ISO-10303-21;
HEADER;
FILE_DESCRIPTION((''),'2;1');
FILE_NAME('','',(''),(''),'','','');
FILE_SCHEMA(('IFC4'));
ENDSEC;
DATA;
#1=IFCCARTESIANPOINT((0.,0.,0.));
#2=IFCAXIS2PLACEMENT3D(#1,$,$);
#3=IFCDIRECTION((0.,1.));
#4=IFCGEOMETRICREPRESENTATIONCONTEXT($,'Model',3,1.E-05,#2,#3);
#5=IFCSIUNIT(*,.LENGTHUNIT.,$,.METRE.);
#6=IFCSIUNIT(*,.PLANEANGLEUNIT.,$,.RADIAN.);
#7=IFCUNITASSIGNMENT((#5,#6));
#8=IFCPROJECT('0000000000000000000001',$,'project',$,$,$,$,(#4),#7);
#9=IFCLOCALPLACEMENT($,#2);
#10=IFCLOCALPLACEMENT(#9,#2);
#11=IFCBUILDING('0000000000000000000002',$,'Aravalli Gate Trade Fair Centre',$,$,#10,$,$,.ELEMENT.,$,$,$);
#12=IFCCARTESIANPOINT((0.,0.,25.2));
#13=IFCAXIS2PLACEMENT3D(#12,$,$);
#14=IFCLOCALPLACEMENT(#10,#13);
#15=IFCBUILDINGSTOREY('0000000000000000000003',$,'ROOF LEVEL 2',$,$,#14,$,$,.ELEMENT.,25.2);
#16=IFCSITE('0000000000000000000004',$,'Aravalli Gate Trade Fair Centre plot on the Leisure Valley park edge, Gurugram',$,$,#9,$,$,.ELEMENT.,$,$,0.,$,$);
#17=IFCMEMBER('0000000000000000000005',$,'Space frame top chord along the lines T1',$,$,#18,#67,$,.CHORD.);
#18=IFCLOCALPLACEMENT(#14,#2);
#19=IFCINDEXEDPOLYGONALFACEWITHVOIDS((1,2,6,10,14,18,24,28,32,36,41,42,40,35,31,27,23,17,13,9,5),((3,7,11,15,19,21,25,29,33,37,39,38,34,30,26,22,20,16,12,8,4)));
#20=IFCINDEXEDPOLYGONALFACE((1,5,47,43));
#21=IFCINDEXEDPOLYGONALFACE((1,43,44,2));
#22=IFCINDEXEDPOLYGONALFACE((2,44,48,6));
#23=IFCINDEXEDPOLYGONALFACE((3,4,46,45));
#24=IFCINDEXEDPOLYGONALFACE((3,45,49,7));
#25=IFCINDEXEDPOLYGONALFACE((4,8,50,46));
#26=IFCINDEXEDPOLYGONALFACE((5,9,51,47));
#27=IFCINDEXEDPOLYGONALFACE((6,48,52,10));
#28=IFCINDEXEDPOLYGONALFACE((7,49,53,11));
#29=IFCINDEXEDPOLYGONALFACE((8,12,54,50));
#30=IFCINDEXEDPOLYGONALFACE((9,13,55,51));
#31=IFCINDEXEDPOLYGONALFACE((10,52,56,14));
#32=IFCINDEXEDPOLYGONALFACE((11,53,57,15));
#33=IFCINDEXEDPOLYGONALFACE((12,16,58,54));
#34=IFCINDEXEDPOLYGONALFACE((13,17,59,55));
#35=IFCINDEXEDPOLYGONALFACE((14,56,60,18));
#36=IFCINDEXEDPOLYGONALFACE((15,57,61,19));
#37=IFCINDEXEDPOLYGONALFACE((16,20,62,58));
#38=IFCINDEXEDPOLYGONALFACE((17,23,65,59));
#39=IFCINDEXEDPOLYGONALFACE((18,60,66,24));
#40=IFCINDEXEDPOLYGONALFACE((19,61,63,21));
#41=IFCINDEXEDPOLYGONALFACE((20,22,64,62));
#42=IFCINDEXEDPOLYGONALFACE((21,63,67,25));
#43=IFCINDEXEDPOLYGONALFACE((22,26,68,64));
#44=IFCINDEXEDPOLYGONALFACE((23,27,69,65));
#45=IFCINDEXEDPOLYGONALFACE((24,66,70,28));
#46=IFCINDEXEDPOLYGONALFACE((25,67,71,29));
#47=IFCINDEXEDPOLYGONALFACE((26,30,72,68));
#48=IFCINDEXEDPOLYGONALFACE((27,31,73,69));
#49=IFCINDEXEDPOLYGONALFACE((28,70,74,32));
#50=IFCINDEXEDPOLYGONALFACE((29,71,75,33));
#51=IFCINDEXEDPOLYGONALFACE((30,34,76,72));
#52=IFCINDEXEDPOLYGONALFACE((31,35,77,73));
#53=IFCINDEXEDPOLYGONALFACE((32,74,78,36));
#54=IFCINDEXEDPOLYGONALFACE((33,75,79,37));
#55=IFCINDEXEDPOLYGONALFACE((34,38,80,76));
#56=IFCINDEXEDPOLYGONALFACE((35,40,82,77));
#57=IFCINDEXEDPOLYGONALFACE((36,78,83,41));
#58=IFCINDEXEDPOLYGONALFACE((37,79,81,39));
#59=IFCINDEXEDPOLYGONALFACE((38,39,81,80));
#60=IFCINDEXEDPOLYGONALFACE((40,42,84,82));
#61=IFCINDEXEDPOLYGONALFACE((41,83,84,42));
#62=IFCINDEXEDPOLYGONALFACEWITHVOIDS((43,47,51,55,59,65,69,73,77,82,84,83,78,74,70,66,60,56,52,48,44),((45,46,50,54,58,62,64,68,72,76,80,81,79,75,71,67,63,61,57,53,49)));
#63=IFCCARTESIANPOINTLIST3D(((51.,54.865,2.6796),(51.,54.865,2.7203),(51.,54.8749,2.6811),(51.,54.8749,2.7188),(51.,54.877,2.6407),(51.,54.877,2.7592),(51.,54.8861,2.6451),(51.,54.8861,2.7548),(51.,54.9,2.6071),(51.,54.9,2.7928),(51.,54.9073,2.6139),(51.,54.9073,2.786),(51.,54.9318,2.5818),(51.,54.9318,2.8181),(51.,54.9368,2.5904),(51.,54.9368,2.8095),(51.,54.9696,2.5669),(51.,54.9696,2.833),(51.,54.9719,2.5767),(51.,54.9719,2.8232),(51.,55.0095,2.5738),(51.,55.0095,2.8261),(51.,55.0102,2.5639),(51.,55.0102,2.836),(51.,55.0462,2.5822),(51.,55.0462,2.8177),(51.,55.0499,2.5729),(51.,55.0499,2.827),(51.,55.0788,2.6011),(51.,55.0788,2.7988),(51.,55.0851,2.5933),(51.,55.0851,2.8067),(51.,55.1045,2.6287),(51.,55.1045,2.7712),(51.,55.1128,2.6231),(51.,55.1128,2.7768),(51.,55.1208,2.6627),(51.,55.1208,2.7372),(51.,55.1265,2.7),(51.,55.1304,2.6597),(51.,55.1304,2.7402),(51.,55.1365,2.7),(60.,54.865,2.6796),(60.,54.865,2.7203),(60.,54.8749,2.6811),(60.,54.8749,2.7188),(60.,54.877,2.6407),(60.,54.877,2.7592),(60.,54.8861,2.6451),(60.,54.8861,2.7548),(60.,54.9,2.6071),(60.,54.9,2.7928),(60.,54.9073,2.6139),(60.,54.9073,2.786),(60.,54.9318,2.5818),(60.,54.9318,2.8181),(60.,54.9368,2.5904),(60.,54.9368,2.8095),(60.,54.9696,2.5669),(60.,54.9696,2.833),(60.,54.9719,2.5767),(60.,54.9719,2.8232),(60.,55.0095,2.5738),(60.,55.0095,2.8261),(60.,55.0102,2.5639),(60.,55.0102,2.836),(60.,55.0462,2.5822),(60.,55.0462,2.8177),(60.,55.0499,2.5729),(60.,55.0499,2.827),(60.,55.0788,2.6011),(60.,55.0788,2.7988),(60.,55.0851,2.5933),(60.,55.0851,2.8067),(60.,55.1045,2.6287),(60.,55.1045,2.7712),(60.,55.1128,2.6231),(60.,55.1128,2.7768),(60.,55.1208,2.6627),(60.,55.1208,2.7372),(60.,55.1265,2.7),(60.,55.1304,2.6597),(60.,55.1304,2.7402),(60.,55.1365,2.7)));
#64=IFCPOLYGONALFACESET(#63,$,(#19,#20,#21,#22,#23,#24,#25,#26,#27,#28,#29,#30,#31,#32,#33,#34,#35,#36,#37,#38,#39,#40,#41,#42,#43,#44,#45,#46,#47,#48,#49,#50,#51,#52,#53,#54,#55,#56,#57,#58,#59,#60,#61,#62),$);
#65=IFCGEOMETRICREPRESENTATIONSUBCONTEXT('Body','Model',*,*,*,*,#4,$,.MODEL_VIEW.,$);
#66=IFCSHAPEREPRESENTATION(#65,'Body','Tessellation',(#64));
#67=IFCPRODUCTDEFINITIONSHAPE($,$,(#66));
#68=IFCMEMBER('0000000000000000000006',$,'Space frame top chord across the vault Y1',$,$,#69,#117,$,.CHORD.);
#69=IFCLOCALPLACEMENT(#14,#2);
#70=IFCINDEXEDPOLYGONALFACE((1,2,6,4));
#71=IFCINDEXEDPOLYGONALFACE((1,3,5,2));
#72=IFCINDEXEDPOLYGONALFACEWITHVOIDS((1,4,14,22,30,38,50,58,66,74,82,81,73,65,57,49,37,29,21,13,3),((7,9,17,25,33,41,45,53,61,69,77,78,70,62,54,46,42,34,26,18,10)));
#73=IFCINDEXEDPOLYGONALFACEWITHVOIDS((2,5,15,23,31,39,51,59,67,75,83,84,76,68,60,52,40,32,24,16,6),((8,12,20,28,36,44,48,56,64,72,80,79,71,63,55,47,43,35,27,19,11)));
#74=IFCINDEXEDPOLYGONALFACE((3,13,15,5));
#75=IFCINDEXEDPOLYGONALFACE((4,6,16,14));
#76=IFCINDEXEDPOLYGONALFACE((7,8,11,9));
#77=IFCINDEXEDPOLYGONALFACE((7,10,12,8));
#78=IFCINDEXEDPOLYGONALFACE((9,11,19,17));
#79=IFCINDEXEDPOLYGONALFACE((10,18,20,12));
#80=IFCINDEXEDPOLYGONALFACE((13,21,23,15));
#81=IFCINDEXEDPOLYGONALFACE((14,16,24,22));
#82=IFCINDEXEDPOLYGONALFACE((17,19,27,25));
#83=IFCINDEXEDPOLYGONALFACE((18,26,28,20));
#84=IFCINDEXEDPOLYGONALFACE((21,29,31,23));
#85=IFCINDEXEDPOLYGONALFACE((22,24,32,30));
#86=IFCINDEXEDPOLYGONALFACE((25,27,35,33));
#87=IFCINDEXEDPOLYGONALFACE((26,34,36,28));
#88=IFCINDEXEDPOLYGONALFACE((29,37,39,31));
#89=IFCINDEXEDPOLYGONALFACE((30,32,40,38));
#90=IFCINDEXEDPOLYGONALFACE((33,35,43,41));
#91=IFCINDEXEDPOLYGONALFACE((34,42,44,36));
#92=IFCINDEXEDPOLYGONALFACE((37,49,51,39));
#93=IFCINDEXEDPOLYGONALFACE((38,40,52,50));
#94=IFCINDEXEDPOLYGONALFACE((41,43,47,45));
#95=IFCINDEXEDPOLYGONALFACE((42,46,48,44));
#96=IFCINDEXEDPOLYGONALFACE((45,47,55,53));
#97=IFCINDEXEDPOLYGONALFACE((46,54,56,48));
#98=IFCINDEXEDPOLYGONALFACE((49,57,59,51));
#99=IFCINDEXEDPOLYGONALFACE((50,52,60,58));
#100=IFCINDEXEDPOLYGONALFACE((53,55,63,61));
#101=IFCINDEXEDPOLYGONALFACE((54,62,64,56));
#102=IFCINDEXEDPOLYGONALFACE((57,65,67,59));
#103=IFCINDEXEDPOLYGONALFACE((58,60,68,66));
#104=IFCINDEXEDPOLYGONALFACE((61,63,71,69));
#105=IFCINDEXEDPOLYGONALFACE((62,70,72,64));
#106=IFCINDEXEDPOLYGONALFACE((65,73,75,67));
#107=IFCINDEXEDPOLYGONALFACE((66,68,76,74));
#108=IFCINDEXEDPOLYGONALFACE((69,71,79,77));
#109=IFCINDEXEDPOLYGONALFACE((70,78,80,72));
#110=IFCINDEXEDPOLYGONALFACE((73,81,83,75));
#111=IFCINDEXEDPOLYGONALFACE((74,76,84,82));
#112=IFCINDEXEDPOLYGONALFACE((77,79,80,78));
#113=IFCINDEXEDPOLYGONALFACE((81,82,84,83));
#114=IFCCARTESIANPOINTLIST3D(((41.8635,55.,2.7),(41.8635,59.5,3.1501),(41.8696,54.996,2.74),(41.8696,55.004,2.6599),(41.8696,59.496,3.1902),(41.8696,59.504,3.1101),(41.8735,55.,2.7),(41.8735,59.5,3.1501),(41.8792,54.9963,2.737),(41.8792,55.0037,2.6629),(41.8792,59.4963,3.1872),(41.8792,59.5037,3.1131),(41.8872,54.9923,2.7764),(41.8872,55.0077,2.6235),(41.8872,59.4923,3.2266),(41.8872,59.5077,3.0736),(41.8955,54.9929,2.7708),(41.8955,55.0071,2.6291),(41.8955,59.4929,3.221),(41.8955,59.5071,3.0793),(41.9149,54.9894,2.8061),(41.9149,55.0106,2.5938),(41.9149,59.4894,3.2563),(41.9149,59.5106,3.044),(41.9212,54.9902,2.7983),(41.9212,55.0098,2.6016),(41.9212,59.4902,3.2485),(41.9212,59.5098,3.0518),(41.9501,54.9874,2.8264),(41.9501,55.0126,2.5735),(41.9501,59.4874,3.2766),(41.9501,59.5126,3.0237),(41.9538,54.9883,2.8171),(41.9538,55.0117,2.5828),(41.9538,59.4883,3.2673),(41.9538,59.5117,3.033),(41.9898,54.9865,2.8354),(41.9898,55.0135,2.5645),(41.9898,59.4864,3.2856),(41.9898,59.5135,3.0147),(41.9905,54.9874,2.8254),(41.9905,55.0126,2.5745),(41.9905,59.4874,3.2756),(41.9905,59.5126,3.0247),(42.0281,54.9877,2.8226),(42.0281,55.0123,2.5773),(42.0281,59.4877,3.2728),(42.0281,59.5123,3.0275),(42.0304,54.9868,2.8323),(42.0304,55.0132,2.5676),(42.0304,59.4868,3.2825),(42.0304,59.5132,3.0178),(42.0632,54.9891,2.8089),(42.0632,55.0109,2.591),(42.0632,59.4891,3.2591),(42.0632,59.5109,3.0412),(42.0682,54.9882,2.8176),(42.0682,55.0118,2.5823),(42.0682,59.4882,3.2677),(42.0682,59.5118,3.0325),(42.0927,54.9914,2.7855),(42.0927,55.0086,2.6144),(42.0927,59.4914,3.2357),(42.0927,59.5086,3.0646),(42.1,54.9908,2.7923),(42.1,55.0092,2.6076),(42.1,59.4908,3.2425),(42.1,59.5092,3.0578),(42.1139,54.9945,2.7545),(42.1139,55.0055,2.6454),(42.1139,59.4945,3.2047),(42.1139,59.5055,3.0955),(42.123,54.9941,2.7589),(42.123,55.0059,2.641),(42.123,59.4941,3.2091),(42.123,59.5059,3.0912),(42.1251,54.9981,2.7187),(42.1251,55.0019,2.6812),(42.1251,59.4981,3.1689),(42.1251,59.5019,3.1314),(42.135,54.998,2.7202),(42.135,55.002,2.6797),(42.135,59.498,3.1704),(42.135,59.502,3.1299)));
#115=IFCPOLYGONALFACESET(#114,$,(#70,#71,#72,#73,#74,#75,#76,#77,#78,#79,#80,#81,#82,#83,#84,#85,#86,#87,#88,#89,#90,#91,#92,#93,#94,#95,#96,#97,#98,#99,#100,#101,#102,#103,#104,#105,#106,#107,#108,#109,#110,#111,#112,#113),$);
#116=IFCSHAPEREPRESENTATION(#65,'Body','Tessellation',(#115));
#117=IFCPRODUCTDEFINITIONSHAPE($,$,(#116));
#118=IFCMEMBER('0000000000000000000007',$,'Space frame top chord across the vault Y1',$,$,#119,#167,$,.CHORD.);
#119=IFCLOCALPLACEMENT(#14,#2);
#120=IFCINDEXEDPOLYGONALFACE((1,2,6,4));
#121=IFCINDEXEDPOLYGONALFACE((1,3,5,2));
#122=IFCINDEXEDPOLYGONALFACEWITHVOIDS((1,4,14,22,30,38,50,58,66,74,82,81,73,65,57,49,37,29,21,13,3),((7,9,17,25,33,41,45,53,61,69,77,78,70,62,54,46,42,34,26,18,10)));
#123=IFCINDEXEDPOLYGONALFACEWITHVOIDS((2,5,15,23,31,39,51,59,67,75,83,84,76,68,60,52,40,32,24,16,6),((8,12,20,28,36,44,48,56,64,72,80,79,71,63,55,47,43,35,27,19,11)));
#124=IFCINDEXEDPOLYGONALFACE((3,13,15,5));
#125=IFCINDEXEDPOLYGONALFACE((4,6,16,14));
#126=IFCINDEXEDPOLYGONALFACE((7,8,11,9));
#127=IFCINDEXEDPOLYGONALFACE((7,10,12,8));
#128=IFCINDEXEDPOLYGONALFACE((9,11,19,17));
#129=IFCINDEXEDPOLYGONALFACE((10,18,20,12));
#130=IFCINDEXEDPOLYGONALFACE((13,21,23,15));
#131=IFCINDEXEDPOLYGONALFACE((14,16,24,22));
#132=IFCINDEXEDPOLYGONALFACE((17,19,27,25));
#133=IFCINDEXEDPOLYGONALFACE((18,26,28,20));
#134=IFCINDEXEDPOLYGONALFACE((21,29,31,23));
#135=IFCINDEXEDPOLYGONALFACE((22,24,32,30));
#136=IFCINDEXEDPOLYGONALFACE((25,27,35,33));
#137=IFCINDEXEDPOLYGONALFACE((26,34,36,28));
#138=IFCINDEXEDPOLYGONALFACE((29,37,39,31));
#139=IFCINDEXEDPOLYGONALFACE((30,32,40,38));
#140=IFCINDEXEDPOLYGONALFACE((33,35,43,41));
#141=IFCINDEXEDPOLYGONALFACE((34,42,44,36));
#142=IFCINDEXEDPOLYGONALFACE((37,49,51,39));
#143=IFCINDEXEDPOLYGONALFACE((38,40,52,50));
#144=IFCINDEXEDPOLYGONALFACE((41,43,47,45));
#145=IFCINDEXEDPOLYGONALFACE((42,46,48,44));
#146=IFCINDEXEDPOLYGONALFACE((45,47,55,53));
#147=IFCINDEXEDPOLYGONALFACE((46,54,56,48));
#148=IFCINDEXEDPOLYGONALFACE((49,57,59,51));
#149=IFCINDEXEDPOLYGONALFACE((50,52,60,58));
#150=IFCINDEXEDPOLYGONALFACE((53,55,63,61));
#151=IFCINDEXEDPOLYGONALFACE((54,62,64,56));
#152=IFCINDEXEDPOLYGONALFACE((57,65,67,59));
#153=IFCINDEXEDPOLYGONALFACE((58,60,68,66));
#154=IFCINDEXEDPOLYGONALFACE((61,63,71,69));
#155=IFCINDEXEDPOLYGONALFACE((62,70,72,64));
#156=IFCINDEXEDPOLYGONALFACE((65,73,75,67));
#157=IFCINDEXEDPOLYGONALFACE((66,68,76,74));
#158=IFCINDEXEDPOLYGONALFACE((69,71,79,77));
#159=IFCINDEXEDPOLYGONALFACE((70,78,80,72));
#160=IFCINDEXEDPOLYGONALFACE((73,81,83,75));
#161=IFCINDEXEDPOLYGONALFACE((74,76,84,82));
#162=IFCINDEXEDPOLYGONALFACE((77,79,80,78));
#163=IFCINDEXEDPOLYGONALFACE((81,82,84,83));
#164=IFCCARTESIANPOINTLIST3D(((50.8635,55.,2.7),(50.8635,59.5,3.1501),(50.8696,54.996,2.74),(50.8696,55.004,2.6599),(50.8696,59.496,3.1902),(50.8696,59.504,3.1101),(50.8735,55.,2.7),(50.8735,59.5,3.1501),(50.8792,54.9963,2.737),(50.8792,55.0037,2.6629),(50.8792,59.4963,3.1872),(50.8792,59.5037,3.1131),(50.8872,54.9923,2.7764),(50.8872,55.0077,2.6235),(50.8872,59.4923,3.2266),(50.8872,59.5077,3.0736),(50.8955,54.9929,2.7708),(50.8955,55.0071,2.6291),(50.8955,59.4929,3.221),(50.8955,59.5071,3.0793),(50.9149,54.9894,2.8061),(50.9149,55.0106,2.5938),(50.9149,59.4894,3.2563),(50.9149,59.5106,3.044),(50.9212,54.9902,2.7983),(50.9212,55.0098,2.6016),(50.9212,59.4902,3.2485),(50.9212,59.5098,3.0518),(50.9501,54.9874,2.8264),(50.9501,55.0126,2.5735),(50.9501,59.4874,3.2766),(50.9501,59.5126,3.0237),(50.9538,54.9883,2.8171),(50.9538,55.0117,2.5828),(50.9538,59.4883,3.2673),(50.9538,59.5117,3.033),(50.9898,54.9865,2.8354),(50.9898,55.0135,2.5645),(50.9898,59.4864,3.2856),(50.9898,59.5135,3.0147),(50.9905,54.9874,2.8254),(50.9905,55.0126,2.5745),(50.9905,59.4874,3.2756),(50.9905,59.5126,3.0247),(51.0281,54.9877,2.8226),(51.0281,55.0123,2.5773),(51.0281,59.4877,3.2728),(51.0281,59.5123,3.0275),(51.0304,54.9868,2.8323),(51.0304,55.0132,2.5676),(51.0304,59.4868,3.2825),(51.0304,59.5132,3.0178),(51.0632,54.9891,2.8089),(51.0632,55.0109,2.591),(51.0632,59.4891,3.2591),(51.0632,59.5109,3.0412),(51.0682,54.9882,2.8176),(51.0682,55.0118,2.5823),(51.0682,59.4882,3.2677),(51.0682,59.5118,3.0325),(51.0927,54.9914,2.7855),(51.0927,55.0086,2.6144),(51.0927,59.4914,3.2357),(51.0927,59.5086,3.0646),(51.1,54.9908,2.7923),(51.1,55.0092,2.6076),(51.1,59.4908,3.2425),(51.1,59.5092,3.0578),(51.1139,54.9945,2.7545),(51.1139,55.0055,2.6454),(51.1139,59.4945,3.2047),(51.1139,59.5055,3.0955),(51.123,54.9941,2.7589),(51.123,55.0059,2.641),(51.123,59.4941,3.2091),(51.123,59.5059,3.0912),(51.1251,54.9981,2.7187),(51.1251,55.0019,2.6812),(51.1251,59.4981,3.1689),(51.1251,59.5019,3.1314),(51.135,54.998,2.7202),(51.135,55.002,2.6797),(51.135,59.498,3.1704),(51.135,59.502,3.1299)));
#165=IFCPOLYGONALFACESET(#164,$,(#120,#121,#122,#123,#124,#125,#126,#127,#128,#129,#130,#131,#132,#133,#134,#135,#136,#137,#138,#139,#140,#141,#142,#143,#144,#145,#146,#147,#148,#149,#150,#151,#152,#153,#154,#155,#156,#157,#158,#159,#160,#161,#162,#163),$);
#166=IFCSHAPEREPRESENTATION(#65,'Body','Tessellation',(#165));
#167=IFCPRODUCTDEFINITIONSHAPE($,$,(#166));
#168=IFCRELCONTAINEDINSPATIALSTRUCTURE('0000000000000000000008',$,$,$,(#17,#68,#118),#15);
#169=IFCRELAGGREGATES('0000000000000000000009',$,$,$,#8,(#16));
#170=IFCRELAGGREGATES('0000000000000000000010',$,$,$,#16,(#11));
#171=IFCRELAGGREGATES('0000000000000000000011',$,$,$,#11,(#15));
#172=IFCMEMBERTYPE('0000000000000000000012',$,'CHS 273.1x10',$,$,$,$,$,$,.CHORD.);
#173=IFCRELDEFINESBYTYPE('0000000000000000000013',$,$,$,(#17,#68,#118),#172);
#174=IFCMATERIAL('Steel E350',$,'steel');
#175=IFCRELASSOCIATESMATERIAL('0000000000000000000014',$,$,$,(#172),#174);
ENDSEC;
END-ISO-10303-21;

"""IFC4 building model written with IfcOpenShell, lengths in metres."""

from ifc_helpers import new_model, si_unit, direction, frame, origin, origin_2d, place, context, subcontext, project, spatial, hollow_circle, extrude, material, material_profile, profile_set, type_object, element, save


model = new_model("IFC4")

# Units and contexts
model_context = context("Model", 3, precision=1e-05, world=origin(), true_north=direction((0.0, 1.0)))
body_context = subcontext(model_context, "Body", "Model", "MODEL_VIEW")
ifc_project = project(units=[si_unit("LENGTHUNIT", "METRE"), si_unit("PLANEANGLEUNIT", "RADIAN")], contexts=[model_context])

# Site, building, storey
site_placement = place(None, origin())
site = spatial("IfcSite", under=ifc_project, at=site_placement, Name="Aravalli Gate Trade Fair Centre plot on the Leisure Valley park edge, Gurugram", CompositionType="ELEMENT", RefElevation=0.0)
building_placement = place(site_placement, origin())
building = spatial("IfcBuilding", under=site, at=building_placement, Name="Aravalli Gate Trade Fair Centre", CompositionType="ELEMENT")
storey_placement = place(building_placement, frame((0.0, 0.0, 25.2)))
storey = spatial("IfcBuildingStorey", under=building, at=storey_placement, Name="ROOF LEVEL 2", CompositionType="ELEMENT", Elevation=25.2)

# Members
ifc_material = material(Name="Steel E350", Category="steel")
ifc_material_profile_1 = material_profile(ifc_material, hollow_circle(Radius=0.1365, WallThickness=0.01, at=origin_2d()), Name="CHS 273.1x10")
ifc_profile_set_1 = profile_set([ifc_material_profile_1], Name="Steel E350")
member_type_1 = type_object("IfcMemberType", Name="CHS 273.1x10", PredefinedType="CHORD", material=ifc_profile_set_1)
for number, where, z_axis, x_axis, name in (
    (1, (51.0, 55.0, 2.7), (1.0, 0.0, 0.0), (0.0, 1.0, 0.0), "Space frame top chord along the lines T1"),
):
    element("IfcMember", number, at=place(storey_placement, frame(where, z_axis=z_axis, x_axis=x_axis)), inside=storey, type_object=member_type_1, Name=name, PredefinedType="CHORD", context=body_context, shape_type="SweptSolid", body=[
        extrude(hollow_circle(Radius=0.1365, WallThickness=0.01, at=origin_2d()), origin(), (0.0, 0.0, 1.0), 9.0),
    ])
for number, where, z_axis, x_axis, name in (
    (2, (42.0, 55.0, 2.7), (0.0, 0.995033, 0.099546), (-1.0, 0.0, 0.0), "Space frame top chord across the vault Y1"),
    (3, (51.0, 55.0, 2.7), (0.0, 0.995033, 0.099546), (-1.0, 0.0, 0.0), "Space frame top chord across the vault Y1"),
):
    element("IfcMember", number, at=place(storey_placement, frame(where, z_axis=z_axis, x_axis=x_axis)), inside=storey, type_object=member_type_1, Name=name, PredefinedType="CHORD", context=body_context, shape_type="SweptSolid", body=[
        extrude(hollow_circle(Radius=0.1365, WallThickness=0.01, at=origin_2d()), origin(), (0.0, 0.0, 1.0), 4.5225),
    ])

save(model, "model.ifc")
